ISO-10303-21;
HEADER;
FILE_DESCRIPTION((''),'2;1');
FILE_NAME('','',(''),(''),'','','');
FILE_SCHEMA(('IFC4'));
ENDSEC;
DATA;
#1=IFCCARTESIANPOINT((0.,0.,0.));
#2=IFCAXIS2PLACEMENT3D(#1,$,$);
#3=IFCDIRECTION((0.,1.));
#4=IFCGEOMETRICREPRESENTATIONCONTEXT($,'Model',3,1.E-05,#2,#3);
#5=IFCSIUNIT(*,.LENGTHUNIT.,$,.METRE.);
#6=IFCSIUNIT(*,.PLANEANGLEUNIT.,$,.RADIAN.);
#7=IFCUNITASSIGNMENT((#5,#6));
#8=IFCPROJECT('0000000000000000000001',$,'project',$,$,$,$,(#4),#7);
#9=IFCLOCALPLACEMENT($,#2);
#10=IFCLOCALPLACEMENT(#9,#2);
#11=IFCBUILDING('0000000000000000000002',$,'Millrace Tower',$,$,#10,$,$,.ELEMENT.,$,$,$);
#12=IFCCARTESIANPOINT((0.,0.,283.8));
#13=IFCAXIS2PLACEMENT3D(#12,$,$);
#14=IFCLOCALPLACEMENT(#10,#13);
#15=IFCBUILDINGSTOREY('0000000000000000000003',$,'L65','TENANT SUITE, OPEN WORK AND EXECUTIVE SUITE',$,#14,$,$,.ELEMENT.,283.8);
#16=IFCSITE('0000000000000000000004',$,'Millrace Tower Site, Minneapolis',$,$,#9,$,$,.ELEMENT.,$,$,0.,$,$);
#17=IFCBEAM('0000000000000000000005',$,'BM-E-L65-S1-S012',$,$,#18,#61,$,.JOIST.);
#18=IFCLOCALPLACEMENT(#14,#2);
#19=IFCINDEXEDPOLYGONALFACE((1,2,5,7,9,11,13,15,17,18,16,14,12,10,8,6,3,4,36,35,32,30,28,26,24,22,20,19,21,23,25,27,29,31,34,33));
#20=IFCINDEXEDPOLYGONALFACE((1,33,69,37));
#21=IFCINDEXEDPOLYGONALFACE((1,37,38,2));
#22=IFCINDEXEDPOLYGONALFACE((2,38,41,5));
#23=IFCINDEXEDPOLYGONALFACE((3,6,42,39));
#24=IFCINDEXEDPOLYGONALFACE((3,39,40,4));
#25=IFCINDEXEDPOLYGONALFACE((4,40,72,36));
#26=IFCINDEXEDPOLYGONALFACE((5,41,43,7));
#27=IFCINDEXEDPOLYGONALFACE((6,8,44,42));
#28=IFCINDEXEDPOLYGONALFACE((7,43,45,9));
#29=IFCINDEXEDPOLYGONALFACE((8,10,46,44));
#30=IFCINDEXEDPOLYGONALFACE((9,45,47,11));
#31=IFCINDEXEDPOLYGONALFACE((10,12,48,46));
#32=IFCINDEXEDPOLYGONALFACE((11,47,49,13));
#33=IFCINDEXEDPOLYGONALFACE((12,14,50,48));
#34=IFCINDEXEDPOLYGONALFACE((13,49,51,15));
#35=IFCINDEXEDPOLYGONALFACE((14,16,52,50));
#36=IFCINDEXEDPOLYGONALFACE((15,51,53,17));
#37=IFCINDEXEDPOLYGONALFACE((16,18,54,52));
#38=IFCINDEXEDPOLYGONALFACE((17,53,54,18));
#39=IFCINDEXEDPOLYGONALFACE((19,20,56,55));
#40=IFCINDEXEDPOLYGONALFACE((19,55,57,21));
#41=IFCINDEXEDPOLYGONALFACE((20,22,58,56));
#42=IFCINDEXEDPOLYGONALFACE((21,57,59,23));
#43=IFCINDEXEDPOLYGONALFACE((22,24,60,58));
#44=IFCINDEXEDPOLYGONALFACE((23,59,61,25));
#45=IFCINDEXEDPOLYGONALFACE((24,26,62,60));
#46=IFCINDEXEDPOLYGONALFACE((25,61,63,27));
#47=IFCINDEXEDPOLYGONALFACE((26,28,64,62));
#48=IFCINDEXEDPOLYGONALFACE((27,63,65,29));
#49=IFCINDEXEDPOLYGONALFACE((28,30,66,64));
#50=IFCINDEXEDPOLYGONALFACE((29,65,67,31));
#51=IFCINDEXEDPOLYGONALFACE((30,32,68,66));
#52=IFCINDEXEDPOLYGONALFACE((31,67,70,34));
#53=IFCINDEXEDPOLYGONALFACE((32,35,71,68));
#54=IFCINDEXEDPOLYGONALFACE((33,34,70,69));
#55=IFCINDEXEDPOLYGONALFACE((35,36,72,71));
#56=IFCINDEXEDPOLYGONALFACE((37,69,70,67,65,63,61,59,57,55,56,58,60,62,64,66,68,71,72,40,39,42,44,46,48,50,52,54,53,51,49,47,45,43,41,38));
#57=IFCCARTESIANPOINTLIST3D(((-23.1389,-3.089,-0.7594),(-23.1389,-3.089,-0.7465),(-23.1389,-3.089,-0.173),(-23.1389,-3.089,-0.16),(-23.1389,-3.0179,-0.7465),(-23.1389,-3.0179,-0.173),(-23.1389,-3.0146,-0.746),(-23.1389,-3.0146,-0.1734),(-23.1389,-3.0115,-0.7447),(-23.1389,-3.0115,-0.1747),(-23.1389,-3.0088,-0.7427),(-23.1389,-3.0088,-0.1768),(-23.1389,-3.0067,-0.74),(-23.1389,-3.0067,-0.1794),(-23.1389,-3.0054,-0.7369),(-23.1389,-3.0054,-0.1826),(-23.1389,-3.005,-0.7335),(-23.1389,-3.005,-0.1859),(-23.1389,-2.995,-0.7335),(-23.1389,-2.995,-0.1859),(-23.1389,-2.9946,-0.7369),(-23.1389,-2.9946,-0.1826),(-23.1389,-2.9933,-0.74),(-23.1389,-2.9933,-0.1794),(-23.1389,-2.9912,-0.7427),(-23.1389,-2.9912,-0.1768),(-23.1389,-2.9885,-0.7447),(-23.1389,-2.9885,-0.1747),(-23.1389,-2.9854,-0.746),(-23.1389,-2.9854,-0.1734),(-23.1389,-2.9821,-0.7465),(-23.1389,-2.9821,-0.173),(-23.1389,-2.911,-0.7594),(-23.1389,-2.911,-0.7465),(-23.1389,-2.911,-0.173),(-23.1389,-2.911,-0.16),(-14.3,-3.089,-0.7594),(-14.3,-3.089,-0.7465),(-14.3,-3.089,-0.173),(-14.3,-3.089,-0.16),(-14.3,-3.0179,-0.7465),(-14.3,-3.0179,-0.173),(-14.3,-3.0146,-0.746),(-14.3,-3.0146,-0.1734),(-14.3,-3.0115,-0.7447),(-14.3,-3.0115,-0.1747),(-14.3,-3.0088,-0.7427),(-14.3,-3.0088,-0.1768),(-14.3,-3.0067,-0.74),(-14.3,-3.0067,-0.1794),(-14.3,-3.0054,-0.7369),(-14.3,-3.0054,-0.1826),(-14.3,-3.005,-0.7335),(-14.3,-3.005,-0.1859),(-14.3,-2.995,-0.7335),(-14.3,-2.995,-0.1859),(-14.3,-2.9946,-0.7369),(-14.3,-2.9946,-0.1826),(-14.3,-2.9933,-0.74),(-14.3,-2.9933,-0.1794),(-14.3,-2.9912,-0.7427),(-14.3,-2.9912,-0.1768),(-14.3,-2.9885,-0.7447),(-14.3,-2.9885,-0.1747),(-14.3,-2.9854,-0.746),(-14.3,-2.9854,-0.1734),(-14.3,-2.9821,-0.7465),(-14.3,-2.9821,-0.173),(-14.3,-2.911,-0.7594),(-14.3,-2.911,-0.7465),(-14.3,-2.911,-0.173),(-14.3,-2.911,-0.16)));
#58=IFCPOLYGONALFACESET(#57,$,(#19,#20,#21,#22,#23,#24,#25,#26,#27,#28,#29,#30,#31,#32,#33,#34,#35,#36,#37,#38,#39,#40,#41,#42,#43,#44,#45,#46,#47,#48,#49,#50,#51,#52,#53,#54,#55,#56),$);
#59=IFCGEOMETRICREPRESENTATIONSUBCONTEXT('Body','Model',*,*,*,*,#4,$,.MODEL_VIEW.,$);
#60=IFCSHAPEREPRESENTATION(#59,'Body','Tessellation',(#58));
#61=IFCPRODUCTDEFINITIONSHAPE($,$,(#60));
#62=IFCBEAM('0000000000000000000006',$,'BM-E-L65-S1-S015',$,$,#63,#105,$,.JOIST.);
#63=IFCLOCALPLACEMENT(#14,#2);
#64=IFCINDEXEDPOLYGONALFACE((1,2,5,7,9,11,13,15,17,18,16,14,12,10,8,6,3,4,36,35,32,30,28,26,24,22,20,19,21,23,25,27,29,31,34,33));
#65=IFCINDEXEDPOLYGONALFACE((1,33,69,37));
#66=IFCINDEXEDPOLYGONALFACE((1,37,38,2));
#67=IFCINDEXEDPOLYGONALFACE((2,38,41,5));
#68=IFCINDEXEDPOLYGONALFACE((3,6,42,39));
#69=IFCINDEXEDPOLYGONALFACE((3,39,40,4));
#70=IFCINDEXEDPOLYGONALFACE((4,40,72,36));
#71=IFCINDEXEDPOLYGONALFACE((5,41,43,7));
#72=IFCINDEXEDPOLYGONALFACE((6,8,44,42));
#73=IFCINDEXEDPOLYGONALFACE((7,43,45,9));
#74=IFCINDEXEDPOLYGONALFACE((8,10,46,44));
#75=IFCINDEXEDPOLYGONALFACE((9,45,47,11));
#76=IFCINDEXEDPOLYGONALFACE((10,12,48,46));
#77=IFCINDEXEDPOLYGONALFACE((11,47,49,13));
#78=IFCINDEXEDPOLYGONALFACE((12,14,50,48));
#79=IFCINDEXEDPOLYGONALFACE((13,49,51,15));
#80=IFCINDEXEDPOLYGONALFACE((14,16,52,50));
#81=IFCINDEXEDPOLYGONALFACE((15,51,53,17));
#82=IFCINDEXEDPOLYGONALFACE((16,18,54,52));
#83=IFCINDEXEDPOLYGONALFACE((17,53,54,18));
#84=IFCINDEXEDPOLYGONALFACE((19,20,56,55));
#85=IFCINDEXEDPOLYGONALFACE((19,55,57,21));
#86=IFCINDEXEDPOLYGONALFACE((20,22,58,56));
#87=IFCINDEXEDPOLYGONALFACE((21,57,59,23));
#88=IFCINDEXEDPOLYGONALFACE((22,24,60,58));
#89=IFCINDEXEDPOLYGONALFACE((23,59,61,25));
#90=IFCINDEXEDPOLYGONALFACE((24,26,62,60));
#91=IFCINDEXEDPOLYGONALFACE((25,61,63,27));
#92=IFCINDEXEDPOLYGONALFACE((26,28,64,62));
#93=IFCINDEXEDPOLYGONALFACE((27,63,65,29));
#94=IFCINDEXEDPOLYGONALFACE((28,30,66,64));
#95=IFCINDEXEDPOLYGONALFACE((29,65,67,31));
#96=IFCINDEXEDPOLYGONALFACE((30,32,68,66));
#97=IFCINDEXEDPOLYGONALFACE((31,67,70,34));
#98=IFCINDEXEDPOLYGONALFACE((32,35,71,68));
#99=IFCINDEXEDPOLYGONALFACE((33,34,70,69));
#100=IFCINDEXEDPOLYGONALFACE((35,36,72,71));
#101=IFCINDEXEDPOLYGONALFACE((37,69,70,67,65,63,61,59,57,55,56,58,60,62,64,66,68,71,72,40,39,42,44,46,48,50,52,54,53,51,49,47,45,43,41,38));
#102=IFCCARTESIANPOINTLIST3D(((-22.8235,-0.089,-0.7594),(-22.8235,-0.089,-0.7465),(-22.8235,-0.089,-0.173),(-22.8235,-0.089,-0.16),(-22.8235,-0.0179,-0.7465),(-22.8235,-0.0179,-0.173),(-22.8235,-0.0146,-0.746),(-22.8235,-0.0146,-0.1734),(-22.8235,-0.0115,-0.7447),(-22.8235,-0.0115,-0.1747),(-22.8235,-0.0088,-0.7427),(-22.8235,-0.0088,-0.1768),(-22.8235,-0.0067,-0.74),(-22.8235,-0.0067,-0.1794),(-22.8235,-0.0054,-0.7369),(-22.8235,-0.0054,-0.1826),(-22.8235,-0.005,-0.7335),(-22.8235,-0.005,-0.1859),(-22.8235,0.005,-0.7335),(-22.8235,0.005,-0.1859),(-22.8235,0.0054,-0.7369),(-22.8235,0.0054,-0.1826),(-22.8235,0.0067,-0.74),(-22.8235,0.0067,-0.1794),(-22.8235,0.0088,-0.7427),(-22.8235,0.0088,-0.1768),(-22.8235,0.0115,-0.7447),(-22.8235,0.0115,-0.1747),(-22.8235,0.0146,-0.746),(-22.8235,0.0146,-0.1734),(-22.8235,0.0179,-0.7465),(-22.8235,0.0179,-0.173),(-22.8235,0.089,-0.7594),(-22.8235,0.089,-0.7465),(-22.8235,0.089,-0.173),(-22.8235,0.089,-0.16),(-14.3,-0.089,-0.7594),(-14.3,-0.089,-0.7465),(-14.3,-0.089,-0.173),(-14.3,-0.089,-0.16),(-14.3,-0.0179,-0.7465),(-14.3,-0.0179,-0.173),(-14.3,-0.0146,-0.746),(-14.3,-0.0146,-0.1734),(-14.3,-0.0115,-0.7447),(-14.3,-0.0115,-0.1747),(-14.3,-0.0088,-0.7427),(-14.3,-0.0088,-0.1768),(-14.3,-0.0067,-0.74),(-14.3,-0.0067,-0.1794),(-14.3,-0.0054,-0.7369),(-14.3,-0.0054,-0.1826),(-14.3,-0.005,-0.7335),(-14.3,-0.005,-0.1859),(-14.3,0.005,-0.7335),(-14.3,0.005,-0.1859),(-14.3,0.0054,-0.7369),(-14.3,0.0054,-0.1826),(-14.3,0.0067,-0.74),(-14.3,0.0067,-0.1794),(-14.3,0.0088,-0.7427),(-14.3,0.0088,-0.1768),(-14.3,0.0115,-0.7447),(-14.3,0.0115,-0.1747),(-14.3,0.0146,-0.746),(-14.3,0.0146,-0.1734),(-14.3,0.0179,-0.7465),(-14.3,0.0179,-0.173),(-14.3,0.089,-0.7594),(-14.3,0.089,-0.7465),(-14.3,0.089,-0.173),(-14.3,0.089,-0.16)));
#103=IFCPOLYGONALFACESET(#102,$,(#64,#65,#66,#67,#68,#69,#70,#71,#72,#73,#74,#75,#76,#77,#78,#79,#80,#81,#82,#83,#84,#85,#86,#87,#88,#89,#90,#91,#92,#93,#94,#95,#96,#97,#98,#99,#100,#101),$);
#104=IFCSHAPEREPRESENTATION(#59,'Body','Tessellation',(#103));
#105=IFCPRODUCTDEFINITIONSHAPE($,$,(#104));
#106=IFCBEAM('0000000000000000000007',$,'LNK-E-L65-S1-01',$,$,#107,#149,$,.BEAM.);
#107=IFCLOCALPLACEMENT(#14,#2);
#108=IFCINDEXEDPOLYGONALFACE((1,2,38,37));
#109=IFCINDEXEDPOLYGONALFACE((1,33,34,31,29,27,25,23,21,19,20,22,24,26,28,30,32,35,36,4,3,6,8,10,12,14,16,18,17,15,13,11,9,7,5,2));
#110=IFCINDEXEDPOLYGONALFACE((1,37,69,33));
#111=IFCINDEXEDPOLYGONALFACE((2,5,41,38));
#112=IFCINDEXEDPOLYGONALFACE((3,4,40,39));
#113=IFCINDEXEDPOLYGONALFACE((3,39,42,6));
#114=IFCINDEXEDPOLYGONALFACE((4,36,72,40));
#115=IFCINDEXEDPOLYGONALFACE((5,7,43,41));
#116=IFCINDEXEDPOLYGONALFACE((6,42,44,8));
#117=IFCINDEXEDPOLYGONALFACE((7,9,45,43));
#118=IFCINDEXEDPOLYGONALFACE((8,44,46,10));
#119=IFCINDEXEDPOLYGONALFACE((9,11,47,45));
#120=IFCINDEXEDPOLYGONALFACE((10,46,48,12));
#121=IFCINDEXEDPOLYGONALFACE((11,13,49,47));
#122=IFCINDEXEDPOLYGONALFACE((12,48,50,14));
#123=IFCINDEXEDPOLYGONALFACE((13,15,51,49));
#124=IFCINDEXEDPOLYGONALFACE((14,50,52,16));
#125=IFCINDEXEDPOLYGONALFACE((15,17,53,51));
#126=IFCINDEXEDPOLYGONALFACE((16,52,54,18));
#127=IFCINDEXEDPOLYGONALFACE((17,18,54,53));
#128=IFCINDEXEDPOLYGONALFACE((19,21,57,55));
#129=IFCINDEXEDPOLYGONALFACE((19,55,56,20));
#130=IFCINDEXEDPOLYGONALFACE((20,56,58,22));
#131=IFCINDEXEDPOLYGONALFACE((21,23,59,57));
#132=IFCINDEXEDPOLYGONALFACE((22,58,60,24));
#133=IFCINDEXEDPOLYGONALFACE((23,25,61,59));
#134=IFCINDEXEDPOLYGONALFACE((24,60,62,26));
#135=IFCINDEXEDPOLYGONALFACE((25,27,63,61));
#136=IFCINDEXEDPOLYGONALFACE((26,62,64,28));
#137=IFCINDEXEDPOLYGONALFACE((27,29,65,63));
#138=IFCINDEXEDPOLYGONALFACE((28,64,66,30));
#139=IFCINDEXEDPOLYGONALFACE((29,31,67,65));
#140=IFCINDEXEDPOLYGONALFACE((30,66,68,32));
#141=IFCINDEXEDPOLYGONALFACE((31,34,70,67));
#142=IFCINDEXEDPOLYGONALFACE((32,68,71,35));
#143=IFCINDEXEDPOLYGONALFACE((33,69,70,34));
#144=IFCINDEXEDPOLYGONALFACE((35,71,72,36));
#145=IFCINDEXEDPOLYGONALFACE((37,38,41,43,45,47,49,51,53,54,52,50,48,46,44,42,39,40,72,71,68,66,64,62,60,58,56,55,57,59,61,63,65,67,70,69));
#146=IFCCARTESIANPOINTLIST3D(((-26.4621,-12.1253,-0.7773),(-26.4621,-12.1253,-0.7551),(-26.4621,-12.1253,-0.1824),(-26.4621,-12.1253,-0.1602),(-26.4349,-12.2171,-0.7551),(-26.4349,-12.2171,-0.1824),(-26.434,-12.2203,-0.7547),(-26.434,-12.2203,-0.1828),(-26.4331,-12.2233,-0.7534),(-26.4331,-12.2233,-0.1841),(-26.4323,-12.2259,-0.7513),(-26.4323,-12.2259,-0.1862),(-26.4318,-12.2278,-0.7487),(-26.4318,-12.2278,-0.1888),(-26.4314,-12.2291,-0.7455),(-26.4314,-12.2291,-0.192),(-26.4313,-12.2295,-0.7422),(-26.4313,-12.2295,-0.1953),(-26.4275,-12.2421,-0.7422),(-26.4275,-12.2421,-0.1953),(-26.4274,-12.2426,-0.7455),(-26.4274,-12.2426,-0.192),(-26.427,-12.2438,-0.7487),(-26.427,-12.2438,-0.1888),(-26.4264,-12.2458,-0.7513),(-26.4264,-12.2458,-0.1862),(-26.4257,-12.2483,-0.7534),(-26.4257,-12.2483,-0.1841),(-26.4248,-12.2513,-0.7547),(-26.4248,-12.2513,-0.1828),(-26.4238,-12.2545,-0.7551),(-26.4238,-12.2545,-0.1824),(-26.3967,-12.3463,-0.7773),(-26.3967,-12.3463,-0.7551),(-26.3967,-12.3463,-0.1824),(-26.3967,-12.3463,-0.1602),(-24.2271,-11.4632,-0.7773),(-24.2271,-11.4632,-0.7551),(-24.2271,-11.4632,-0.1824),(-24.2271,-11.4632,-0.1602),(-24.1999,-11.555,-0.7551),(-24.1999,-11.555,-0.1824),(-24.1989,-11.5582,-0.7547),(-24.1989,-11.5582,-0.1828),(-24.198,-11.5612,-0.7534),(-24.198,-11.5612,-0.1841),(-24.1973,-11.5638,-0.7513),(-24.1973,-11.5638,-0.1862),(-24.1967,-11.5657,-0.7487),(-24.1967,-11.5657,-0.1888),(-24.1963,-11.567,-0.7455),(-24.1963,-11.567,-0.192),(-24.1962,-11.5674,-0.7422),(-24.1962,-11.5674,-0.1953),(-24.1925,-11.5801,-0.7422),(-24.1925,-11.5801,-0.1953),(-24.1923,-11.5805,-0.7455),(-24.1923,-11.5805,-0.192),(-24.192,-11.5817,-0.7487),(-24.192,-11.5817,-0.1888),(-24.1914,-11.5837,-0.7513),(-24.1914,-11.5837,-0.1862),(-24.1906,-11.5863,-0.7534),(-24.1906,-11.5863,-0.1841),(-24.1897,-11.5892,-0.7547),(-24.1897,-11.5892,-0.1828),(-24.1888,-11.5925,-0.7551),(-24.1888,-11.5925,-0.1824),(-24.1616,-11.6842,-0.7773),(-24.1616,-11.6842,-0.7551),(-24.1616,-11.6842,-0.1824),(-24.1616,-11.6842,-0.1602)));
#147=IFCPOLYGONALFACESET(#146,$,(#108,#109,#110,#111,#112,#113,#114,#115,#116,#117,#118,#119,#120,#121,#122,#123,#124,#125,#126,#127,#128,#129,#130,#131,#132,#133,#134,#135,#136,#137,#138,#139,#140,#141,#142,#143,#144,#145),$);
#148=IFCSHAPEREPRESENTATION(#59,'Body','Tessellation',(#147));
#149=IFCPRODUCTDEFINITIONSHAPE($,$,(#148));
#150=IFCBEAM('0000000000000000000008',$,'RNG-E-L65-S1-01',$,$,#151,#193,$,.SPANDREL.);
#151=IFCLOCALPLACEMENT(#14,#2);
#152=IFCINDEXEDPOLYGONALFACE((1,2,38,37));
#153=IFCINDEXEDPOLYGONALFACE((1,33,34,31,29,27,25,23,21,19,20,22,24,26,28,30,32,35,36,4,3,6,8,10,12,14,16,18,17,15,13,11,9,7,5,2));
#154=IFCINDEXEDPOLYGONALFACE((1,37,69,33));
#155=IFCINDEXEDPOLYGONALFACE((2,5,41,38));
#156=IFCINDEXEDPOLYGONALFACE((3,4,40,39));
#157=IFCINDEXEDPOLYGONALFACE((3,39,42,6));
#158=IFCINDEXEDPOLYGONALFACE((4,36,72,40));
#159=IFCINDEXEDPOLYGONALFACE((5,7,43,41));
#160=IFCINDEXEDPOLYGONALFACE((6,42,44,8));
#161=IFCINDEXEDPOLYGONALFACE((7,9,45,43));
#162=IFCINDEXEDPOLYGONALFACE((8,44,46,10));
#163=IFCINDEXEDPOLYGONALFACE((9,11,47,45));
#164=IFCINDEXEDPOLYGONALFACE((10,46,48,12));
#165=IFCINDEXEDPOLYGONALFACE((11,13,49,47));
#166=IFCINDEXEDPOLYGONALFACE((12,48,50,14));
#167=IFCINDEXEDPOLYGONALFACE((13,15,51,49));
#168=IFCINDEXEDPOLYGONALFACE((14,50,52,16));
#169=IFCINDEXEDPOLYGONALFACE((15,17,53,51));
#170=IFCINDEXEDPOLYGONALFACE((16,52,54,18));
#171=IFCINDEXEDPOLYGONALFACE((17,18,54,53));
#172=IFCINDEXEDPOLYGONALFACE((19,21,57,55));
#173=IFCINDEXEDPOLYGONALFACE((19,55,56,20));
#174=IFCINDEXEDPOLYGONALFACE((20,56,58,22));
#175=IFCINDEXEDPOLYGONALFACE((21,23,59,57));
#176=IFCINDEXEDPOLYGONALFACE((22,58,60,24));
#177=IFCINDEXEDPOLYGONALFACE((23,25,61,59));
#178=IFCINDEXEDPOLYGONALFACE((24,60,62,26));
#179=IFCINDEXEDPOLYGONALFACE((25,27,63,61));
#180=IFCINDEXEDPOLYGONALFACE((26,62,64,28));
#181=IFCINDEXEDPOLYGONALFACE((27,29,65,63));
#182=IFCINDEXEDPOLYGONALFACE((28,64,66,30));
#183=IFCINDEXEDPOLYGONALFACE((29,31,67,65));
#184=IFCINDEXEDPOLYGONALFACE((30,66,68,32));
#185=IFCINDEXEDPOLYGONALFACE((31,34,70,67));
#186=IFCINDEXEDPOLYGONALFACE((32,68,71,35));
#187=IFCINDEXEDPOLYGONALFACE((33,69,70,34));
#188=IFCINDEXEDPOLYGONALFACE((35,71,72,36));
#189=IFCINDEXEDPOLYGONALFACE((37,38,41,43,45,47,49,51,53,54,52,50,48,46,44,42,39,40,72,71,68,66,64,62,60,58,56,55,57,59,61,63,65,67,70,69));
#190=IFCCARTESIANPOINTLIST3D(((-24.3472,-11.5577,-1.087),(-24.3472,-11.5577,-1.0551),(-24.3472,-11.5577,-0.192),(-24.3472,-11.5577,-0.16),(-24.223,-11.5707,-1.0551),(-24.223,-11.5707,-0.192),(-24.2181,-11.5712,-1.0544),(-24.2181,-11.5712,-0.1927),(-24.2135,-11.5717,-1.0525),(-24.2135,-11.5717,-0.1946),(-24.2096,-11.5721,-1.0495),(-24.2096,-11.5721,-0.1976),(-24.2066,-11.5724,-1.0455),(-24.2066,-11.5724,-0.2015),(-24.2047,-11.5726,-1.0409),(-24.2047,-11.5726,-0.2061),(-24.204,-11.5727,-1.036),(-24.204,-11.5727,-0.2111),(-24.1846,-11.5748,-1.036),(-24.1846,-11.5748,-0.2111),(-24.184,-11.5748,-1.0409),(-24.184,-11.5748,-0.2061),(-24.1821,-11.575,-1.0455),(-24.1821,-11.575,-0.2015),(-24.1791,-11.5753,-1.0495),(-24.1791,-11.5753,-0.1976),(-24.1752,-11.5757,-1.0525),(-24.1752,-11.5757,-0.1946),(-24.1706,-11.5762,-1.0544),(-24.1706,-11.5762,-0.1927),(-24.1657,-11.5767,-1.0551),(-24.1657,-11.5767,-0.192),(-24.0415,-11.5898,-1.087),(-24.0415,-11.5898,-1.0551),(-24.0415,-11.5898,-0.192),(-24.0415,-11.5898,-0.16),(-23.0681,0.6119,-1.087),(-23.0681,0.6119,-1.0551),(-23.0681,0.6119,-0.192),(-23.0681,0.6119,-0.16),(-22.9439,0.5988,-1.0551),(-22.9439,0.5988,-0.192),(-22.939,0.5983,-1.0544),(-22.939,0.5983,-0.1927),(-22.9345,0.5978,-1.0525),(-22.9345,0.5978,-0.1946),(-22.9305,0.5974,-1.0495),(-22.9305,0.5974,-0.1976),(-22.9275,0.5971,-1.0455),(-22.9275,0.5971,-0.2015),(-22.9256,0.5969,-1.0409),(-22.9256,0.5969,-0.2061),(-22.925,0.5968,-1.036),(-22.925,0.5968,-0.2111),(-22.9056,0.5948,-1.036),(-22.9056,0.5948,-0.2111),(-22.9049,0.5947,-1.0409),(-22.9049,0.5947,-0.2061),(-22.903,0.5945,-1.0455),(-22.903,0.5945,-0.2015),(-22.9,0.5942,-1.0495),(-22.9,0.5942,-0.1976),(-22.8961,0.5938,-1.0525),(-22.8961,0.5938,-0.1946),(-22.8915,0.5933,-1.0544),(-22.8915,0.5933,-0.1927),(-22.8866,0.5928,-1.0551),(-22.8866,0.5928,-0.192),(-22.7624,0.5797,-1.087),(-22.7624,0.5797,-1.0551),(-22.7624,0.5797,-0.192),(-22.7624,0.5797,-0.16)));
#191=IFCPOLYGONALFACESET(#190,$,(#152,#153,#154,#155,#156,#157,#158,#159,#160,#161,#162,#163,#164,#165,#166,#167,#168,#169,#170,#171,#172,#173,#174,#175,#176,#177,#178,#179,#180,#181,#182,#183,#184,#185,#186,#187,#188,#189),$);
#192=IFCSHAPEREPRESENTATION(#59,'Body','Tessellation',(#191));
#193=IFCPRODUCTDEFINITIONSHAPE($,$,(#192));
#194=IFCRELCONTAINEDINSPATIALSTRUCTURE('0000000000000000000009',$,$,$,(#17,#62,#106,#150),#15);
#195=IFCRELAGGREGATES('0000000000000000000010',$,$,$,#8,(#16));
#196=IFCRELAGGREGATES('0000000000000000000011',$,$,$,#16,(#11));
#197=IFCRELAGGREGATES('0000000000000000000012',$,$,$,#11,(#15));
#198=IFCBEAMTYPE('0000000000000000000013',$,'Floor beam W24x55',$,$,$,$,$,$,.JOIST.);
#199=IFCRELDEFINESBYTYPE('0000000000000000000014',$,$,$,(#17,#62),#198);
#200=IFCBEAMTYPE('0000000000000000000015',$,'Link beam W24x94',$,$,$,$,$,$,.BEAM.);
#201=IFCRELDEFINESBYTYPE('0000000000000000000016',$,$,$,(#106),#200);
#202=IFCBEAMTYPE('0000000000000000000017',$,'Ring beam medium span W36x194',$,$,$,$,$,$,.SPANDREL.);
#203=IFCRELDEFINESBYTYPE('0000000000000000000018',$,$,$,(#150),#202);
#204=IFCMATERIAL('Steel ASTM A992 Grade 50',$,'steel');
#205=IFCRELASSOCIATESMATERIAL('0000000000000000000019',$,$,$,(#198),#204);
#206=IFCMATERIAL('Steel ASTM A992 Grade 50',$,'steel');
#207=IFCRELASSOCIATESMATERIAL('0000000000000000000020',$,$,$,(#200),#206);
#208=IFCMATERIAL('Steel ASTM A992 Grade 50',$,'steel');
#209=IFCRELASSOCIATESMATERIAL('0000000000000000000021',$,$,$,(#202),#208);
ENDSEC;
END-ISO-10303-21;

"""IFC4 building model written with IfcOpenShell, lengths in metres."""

from ifc_helpers import new_model, si_unit, direction, frame, origin, origin_2d, place, context, subcontext, project, spatial, i_section, extrude, material, material_profile, profile_set, type_object, element, save


model = new_model("IFC4")

# Units and contexts
model_context = context("Model", 3, precision=1e-05, world=origin(), true_north=direction((0.0, 1.0)))
body_context = subcontext(model_context, "Body", "Model", "MODEL_VIEW")
ifc_project = project(units=[si_unit("LENGTHUNIT", "METRE"), si_unit("PLANEANGLEUNIT", "RADIAN")], contexts=[model_context])

# Site, building, storey
site_placement = place(None, origin())
site = spatial("IfcSite", under=ifc_project, at=site_placement, Name="Millrace Tower Site, Minneapolis", CompositionType="ELEMENT", RefElevation=0.0)
building_placement = place(site_placement, origin())
building = spatial("IfcBuilding", under=site, at=building_placement, Name="Millrace Tower", CompositionType="ELEMENT")
storey_placement = place(building_placement, frame((0.0, 0.0, 283.8)))
storey = spatial("IfcBuildingStorey", under=building, at=storey_placement, Name="L65", Description="TENANT SUITE, OPEN WORK AND EXECUTIVE SUITE", CompositionType="ELEMENT", Elevation=283.8)

# Beams
ifc_material_1 = material(Name="Steel ASTM A992 Grade 50", Category="steel")
ifc_material_profile_1 = material_profile(ifc_material_1, i_section(OverallWidth=0.178, OverallDepth=0.5994, WebThickness=0.01, FlangeThickness=0.0129, FilletRadius=0.0129, at=origin_2d()))
ifc_profile_set_1 = profile_set([ifc_material_profile_1], Name="Steel ASTM A992 Grade 50")
beam_type_1 = type_object("IfcBeamType", Name="Floor beam W24x55", PredefinedType="JOIST", material=ifc_profile_set_1)
beam_1_placement = place(storey_placement, frame((-23.1389, -3.0, -0.4597), z_axis=(1.0, 0.0, 0.0), x_axis=(0.0, 1.0, 0.0)))
element("IfcBeam", 1, at=beam_1_placement, inside=storey, type_object=beam_type_1, Name="BM-E-L65-S1-S012", PredefinedType="JOIST", context=body_context, shape_type="SweptSolid", body=[
    extrude(i_section(OverallWidth=0.178, OverallDepth=0.5994, WebThickness=0.01, FlangeThickness=0.0129, FilletRadius=0.0129, at=origin_2d()), origin(), (0.0, 0.0, 1.0), 8.8389),
])
beam_2_placement = place(storey_placement, frame((-22.8235, 0.0, -0.4597), z_axis=(1.0, 0.0, 0.0), x_axis=(0.0, 1.0, 0.0)))
element("IfcBeam", 2, at=beam_2_placement, inside=storey, type_object=beam_type_1, Name="BM-E-L65-S1-S015", PredefinedType="JOIST", context=body_context, shape_type="SweptSolid", body=[
    extrude(i_section(OverallWidth=0.178, OverallDepth=0.5994, WebThickness=0.01, FlangeThickness=0.0129, FilletRadius=0.0129, at=origin_2d()), origin(), (0.0, 0.0, 1.0), 8.5234),
])
ifc_material_2 = material(Name="Steel ASTM A992 Grade 50", Category="steel")
ifc_material_profile_2 = material_profile(ifc_material_2, i_section(OverallWidth=0.2305, OverallDepth=0.6172, WebThickness=0.0132, FlangeThickness=0.0222, FilletRadius=0.0129, at=origin_2d()))
ifc_profile_set_2 = profile_set([ifc_material_profile_2], Name="Steel ASTM A992 Grade 50")
beam_type_2 = type_object("IfcBeamType", Name="Link beam W24x94", PredefinedType="BEAM", material=ifc_profile_set_2)
beam_3_placement = place(storey_placement, frame((-24.1943, -11.5737, -0.4688), z_axis=(-0.958815, -0.284031, 0.0), x_axis=(0.284031, -0.958815, 0.0)))
element("IfcBeam", 3, at=beam_3_placement, inside=storey, type_object=beam_type_2, Name="LNK-E-L65-S1-01", PredefinedType="BEAM", context=body_context, shape_type="SweptSolid", body=[
    extrude(i_section(OverallWidth=0.2305, OverallDepth=0.6172, WebThickness=0.0132, FlangeThickness=0.0222, FilletRadius=0.0129, at=origin_2d()), origin(), (0.0, 0.0, 1.0), 2.3311),
])
ifc_material_3 = material(Name="Steel ASTM A992 Grade 50", Category="steel")
ifc_material_profile_3 = material_profile(ifc_material_3, i_section(OverallWidth=0.3074, OverallDepth=0.927, WebThickness=0.0195, FlangeThickness=0.032, FilletRadius=0.019, at=origin_2d()))
ifc_profile_set_3 = profile_set([ifc_material_profile_3], Name="Steel ASTM A992 Grade 50")
beam_type_3 = type_object("IfcBeamType", Name="Ring beam medium span W36x194", PredefinedType="SPANDREL", material=ifc_profile_set_3)
beam_4_placement = place(storey_placement, frame((-24.1943, -11.5737, -0.6235), z_axis=(0.104528, 0.994522, 0.0), x_axis=(-0.994522, 0.104528, 0.0)))
element("IfcBeam", 4, at=beam_4_placement, inside=storey, type_object=beam_type_3, Name="RNG-E-L65-S1-01", PredefinedType="SPANDREL", context=body_context, shape_type="SweptSolid", body=[
    extrude(i_section(OverallWidth=0.3074, OverallDepth=0.927, WebThickness=0.0195, FlangeThickness=0.032, FilletRadius=0.019, at=origin_2d()), origin(), (0.0, 0.0, 1.0), 12.2366),
])

save(model, "model.ifc")
